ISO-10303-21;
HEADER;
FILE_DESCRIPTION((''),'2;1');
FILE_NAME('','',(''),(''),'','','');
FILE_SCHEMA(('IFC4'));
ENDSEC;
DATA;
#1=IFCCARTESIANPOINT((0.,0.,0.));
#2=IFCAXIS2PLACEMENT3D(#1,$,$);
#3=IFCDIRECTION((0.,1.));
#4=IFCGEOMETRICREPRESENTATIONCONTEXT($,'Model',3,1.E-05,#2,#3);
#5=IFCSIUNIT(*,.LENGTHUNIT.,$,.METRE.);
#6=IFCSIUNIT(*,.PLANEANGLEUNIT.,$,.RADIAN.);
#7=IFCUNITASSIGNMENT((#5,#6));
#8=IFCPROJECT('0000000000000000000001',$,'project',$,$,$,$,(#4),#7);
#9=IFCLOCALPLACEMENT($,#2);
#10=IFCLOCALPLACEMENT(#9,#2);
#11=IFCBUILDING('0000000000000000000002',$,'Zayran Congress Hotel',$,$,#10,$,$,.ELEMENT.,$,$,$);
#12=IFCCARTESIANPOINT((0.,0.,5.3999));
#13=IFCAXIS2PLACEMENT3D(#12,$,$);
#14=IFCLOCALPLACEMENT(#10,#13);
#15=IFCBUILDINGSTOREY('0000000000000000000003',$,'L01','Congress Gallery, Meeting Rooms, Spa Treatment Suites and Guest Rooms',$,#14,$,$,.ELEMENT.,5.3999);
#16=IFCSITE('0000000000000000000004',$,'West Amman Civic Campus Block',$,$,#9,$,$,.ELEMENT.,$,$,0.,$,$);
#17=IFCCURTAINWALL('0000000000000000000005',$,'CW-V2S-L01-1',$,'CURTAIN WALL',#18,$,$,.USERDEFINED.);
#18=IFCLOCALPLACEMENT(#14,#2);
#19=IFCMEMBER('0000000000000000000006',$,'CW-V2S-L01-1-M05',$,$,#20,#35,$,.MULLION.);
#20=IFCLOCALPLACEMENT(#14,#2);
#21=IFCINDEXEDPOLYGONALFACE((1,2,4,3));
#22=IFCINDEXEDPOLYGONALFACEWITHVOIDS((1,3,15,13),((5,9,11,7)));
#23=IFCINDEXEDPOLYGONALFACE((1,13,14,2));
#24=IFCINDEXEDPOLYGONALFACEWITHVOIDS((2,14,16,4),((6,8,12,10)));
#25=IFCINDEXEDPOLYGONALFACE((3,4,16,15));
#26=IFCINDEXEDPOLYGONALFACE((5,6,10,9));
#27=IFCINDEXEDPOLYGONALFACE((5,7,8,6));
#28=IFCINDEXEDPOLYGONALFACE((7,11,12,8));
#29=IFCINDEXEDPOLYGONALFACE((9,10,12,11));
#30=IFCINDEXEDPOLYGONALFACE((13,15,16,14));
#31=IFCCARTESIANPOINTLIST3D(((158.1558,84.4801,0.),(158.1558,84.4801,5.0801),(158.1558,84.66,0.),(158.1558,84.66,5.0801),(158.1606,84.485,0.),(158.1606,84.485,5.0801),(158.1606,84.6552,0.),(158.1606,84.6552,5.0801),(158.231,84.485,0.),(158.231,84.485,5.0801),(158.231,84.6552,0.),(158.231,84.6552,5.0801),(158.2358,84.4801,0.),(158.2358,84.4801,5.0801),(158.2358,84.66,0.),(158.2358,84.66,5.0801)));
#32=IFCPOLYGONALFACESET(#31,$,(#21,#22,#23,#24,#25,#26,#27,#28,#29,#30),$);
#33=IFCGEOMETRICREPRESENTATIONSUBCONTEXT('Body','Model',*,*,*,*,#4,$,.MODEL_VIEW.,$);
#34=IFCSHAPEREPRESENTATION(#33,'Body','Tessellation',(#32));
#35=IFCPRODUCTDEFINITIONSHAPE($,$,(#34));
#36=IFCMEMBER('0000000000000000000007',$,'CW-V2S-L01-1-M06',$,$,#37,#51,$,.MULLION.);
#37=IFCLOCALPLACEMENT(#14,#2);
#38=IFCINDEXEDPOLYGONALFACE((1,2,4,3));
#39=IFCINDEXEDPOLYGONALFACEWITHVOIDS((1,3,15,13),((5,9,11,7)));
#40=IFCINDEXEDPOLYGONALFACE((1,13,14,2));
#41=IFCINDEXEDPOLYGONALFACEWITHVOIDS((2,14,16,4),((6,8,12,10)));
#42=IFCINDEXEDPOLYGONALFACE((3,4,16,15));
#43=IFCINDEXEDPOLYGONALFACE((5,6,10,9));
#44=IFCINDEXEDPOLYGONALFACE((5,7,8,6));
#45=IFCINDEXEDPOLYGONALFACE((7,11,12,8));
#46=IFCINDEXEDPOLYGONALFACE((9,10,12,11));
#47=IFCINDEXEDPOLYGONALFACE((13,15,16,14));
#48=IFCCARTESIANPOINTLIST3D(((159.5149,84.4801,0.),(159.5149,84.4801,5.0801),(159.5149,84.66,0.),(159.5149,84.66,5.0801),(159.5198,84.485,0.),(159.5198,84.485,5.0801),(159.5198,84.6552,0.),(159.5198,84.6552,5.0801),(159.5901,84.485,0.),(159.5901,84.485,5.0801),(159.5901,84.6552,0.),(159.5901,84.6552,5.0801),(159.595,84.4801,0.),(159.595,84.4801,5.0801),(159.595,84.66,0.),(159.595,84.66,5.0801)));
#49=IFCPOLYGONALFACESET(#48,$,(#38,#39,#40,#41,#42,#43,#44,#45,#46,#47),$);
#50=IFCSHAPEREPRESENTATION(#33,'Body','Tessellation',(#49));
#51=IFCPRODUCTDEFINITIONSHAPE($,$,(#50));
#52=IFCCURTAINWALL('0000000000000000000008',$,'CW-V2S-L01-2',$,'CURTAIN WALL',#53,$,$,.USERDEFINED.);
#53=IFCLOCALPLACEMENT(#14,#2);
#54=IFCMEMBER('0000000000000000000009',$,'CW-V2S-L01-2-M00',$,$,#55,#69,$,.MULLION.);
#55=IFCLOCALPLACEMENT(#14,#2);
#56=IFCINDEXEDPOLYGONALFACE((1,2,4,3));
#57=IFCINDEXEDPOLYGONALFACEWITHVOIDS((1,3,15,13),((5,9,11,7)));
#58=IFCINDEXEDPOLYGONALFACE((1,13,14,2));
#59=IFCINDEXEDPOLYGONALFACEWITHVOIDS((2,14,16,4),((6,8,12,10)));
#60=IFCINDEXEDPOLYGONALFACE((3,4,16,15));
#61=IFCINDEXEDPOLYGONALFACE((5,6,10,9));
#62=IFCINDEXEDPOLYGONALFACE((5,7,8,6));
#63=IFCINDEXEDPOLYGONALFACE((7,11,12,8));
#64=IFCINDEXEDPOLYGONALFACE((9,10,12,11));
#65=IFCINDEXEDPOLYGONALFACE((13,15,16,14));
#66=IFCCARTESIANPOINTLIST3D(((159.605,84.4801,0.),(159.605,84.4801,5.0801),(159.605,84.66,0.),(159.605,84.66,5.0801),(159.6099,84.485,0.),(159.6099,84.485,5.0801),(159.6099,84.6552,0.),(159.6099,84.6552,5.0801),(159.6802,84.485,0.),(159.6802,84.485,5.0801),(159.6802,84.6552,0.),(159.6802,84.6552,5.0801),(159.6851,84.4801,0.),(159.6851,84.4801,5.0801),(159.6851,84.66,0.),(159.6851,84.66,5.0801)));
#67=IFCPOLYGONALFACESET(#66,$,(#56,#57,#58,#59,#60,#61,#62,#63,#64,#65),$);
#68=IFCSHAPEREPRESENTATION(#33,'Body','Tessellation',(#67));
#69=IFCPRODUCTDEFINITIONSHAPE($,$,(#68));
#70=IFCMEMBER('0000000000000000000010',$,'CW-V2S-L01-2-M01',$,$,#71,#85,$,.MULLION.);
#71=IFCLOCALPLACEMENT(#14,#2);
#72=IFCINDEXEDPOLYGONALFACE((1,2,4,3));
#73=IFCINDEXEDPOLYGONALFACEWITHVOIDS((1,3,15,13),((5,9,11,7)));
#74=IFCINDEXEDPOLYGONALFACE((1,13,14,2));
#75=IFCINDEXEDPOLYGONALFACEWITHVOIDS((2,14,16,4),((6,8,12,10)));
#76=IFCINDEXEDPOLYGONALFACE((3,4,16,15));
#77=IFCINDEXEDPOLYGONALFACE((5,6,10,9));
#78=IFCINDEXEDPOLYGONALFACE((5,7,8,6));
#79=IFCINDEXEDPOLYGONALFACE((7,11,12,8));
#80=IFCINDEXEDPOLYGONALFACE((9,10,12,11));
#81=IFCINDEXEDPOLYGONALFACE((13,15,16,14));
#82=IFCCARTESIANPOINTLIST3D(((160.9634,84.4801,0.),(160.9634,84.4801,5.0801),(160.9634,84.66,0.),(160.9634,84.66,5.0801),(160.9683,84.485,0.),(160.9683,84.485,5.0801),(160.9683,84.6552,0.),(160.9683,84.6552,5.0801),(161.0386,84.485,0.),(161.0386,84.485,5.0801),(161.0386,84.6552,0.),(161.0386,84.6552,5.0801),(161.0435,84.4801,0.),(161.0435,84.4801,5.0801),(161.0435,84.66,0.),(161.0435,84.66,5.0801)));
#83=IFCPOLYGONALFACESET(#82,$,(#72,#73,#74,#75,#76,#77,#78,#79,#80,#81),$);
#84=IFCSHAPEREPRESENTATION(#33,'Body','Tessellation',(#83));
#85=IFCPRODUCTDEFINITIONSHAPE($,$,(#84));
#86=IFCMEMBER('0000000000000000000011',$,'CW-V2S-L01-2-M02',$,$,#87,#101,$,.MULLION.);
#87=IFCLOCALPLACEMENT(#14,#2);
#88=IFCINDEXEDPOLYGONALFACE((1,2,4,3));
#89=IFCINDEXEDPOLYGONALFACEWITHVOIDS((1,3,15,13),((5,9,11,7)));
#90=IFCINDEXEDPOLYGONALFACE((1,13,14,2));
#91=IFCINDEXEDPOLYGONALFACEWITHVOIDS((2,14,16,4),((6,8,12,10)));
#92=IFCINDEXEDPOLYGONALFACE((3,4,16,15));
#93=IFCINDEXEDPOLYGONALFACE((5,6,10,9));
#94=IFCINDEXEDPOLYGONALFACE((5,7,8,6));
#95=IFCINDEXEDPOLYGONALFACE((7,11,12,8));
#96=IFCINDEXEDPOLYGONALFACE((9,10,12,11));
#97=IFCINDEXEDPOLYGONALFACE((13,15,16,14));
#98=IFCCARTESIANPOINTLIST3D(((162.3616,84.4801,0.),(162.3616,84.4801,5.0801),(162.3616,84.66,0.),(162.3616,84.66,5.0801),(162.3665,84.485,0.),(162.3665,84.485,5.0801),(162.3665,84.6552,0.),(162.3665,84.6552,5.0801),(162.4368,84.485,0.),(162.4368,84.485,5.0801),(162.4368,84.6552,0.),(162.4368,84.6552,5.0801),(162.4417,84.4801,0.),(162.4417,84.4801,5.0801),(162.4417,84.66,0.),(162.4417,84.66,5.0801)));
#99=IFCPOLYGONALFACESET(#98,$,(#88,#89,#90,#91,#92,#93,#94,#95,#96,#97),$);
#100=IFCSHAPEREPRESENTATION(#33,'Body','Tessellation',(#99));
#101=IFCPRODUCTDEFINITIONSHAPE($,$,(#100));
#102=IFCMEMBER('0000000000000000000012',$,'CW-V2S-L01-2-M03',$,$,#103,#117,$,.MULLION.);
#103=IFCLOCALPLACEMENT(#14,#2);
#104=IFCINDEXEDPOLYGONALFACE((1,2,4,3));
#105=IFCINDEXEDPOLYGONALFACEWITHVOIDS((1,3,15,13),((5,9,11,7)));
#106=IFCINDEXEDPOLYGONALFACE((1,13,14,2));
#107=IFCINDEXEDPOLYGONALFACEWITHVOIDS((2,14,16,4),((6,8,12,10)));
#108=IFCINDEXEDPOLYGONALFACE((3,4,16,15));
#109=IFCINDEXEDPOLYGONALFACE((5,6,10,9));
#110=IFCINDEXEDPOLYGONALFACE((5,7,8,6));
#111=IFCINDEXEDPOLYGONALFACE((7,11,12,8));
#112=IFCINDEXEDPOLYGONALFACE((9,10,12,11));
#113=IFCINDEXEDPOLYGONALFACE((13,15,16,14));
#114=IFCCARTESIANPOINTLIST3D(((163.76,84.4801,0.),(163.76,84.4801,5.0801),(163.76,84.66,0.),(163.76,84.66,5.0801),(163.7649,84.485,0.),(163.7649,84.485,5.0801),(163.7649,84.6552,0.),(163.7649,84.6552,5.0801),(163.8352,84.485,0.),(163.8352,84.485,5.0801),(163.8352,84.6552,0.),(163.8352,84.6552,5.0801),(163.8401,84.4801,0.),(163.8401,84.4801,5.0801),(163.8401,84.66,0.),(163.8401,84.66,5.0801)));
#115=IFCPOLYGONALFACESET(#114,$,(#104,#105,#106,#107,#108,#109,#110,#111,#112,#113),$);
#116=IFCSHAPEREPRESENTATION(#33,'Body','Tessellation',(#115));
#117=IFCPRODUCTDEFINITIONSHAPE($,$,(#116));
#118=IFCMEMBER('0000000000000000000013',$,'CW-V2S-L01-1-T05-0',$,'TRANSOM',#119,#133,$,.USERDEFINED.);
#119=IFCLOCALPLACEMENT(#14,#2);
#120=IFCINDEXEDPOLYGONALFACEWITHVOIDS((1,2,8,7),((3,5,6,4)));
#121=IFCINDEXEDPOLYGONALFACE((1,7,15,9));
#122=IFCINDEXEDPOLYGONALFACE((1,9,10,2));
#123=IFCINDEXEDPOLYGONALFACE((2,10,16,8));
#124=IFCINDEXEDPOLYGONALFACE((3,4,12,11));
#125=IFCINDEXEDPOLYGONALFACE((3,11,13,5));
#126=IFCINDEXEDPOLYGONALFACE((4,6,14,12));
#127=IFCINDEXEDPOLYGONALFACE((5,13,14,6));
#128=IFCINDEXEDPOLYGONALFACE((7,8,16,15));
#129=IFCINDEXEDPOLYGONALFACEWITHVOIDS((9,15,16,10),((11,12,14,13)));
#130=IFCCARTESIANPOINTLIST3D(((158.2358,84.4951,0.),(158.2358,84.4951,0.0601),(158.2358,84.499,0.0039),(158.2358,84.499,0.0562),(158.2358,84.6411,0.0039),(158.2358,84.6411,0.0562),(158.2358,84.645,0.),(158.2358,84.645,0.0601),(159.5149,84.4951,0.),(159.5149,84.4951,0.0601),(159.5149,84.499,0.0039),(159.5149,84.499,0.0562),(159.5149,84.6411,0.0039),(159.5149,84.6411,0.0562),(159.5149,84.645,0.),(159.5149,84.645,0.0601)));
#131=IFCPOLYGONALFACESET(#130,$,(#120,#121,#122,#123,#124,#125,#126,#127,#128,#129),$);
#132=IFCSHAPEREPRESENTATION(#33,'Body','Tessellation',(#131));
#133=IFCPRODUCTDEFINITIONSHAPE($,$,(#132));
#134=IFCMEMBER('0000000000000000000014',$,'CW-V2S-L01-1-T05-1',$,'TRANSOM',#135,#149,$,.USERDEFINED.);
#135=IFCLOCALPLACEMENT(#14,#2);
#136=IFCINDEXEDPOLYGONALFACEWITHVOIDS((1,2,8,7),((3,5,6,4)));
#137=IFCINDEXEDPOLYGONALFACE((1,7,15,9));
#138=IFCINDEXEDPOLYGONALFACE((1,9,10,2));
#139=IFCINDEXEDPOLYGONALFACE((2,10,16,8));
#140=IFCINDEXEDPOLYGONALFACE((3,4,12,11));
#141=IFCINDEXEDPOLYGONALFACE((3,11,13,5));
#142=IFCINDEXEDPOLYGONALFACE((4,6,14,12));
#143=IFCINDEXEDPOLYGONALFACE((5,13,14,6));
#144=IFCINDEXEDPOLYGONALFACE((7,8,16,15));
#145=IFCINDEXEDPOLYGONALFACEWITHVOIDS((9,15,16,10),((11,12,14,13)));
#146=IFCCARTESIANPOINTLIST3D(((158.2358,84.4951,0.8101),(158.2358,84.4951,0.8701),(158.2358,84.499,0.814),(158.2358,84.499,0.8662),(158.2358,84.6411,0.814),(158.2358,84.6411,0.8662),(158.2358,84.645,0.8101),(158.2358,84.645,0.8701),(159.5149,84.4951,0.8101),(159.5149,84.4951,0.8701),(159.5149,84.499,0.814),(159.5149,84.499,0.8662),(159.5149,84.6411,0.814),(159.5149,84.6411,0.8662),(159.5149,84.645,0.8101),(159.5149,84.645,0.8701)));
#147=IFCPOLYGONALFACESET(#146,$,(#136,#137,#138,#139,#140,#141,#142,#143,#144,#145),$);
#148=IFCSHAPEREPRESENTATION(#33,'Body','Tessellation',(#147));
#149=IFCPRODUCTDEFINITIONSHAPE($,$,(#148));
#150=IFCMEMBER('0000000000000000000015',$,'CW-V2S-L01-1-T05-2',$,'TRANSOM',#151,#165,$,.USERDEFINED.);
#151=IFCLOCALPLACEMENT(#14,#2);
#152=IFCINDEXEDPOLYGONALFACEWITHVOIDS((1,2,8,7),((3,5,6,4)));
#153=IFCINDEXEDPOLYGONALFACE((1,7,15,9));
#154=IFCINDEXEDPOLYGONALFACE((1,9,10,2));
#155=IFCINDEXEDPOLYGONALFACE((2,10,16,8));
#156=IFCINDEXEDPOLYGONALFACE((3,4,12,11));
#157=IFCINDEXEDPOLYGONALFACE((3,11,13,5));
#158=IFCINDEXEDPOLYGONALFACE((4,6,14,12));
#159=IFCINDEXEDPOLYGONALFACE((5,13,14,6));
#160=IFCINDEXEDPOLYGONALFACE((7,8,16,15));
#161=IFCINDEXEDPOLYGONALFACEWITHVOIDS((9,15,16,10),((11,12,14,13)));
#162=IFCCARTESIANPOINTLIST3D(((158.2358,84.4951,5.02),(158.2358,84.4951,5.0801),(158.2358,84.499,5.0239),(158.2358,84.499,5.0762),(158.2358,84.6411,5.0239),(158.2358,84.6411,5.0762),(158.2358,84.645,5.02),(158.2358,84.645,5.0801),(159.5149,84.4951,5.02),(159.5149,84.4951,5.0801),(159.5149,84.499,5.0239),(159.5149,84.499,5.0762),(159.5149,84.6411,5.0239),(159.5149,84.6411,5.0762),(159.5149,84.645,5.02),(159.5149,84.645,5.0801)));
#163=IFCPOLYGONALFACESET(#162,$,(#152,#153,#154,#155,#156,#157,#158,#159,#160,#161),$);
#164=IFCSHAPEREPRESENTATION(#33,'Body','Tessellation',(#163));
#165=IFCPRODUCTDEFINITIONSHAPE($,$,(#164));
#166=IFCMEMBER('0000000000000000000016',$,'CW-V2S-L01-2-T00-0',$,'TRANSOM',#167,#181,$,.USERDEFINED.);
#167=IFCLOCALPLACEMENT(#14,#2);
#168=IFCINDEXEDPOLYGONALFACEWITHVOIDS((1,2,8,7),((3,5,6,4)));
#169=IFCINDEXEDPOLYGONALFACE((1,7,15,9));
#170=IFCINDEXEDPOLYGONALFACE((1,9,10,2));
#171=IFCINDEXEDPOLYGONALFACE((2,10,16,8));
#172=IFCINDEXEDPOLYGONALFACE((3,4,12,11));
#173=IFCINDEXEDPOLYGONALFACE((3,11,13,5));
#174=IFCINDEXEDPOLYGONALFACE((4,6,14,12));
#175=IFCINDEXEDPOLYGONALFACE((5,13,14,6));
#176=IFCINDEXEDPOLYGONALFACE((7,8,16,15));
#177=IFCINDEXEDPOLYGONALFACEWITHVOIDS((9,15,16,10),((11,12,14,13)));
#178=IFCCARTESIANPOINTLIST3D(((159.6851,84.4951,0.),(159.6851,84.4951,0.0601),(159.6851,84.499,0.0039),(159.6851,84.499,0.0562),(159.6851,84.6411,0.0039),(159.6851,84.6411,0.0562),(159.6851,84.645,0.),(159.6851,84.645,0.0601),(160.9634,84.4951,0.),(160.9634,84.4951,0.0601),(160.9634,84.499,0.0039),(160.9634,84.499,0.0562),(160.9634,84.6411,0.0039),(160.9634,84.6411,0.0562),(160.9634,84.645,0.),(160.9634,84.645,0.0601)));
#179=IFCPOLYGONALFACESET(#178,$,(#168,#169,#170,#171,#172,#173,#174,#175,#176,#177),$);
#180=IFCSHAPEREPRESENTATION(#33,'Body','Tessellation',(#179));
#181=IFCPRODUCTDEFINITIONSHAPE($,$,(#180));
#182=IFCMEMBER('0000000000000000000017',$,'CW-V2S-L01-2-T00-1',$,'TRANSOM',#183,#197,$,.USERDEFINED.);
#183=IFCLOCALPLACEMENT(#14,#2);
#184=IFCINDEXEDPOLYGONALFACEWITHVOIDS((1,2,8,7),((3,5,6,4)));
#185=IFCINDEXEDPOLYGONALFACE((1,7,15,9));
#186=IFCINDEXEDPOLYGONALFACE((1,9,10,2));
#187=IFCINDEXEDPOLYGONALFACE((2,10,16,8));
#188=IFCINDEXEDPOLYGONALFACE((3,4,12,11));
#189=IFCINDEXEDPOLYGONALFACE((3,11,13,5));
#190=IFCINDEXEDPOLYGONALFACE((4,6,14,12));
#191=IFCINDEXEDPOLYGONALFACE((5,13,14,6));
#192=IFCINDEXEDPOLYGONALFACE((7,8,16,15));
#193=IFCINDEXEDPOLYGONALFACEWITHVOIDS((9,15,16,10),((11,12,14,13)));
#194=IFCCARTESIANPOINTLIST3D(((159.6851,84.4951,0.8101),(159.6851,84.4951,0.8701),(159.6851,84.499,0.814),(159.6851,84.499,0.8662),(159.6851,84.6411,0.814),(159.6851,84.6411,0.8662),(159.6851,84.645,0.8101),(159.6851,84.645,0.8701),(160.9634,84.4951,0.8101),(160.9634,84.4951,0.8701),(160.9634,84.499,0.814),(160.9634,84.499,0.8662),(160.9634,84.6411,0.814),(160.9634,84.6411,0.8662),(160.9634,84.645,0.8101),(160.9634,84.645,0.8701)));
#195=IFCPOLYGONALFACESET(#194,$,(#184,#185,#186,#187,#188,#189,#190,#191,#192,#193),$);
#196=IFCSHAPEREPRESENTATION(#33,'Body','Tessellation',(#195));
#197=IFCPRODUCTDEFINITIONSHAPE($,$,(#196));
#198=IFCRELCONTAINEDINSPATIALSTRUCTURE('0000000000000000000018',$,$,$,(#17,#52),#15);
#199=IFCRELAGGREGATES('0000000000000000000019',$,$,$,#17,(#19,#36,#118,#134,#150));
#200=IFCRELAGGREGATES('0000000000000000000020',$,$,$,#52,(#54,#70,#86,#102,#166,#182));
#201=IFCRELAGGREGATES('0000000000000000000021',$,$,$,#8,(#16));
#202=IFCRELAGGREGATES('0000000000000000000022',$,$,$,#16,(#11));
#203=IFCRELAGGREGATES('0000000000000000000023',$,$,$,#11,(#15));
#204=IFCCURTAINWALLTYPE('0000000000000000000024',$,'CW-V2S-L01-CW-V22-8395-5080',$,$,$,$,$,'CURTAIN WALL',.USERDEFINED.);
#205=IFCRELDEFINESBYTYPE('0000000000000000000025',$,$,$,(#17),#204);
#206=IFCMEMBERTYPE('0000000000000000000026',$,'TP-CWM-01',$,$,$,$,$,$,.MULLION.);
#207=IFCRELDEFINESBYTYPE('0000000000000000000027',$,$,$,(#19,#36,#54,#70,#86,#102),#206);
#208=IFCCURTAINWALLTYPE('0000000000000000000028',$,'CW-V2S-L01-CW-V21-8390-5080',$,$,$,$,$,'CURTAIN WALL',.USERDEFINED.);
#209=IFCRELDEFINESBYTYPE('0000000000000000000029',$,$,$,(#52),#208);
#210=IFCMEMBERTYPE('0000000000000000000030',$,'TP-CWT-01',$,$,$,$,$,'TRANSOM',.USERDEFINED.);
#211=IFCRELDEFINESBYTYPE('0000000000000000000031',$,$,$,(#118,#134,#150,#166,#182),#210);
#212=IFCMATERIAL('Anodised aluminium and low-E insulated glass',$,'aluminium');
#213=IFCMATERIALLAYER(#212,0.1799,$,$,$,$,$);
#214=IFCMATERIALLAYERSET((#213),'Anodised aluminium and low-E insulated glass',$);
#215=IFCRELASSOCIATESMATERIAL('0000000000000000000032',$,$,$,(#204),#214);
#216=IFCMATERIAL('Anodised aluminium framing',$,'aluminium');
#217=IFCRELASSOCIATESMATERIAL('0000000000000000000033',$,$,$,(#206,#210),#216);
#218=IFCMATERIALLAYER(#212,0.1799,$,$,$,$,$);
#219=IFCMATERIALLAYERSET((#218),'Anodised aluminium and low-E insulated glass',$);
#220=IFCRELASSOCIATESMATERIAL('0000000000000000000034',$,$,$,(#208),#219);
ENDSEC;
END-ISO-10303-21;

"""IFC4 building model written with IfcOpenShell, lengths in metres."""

from ifc_helpers import new_model, si_unit, direction, frame, origin, origin_2d, place, context, subcontext, project, spatial, hollow_rectangle, extrude, material, layer, layer_set, material_profile, profile_set, type_object, element, aggregate, save


model = new_model("IFC4")

# Units and contexts
model_context = context("Model", 3, precision=1e-05, world=origin(), true_north=direction((0.0, 1.0)))
body_context = subcontext(model_context, "Body", "Model", "MODEL_VIEW")
ifc_project = project(units=[si_unit("LENGTHUNIT", "METRE"), si_unit("PLANEANGLEUNIT", "RADIAN")], contexts=[model_context])

# Site, building, storey
site_placement = place(None, origin())
site = spatial("IfcSite", under=ifc_project, at=site_placement, Name="West Amman Civic Campus Block", CompositionType="ELEMENT", RefElevation=0.0)
building_placement = place(site_placement, origin())
building = spatial("IfcBuilding", under=site, at=building_placement, Name="Zayran Congress Hotel", CompositionType="ELEMENT")
storey_placement = place(building_placement, frame((0.0, 0.0, 5.3999)))
storey = spatial("IfcBuildingStorey", under=building, at=storey_placement, Name="L01", Description="Congress Gallery, Meeting Rooms, Spa Treatment Suites and Guest Rooms", CompositionType="ELEMENT", Elevation=5.3999)

# Curtain walls, members
ifc_material_1 = material(Name="Anodised aluminium and low-E insulated glass", Category="aluminium")
ifc_layer_1 = layer(ifc_material_1, 0.1799)
ifc_layer_set_1 = layer_set([ifc_layer_1], Name="Anodised aluminium and low-E insulated glass")
curtain_wall_type_1 = type_object("IfcCurtainWallType", Name="CW-V2S-L01-CW-V22-8395-5080", ElementType="CURTAIN WALL", PredefinedType="USERDEFINED", material=ifc_layer_set_1)
curtain_wall_1_placement = place(storey_placement, origin())
curtain_wall_1 = element("IfcCurtainWall", 1, at=curtain_wall_1_placement, inside=storey, type_object=curtain_wall_type_1, Name="CW-V2S-L01-1", ObjectType="CURTAIN WALL", PredefinedType="USERDEFINED")
ifc_material_2 = material(Name="Anodised aluminium framing", Category="aluminium")
ifc_material_profile_1 = material_profile(ifc_material_2, hollow_rectangle(XDim=0.0801, YDim=0.1799, WallThickness=0.0049, at=origin_2d()), Name="RHS 180x80x5")
ifc_profile_set_1 = profile_set([ifc_material_profile_1], Name="Anodised aluminium framing")
member_type_1 = type_object("IfcMemberType", Name="TP-CWM-01", PredefinedType="MULLION", material=ifc_profile_set_1)
member_1_placement = place(storey_placement, frame((158.1958, 84.5701, 0.0), z_axis=(0.0, 0.0, 1.0), x_axis=(1.0, 0.0, 0.0)))
member_1 = element("IfcMember", 2, at=member_1_placement, type_object=member_type_1, Name="CW-V2S-L01-1-M05", PredefinedType="MULLION", context=body_context, shape_type="SweptSolid", body=[
    extrude(hollow_rectangle(XDim=0.0801, YDim=0.1799, WallThickness=0.0049, at=origin_2d()), origin(), (0.0, 0.0, 1.0), 5.0801),
])
member_2_placement = place(storey_placement, frame((159.5549, 84.5701, 0.0), z_axis=(0.0, 0.0, 1.0), x_axis=(1.0, 0.0, 0.0)))
member_2 = element("IfcMember", 3, at=member_2_placement, type_object=member_type_1, Name="CW-V2S-L01-1-M06", PredefinedType="MULLION", context=body_context, shape_type="SweptSolid", body=[
    extrude(hollow_rectangle(XDim=0.0801, YDim=0.1799, WallThickness=0.0049, at=origin_2d()), origin(), (0.0, 0.0, 1.0), 5.0801),
])
ifc_layer_2 = layer(ifc_material_1, 0.1799)
ifc_layer_set_2 = layer_set([ifc_layer_2], Name="Anodised aluminium and low-E insulated glass")
curtain_wall_type_2 = type_object("IfcCurtainWallType", Name="CW-V2S-L01-CW-V21-8390-5080", ElementType="CURTAIN WALL", PredefinedType="USERDEFINED", material=ifc_layer_set_2)
curtain_wall_2_placement = place(storey_placement, origin())
curtain_wall_2 = element("IfcCurtainWall", 4, at=curtain_wall_2_placement, inside=storey, type_object=curtain_wall_type_2, Name="CW-V2S-L01-2", ObjectType="CURTAIN WALL", PredefinedType="USERDEFINED")
member_3_placement = place(storey_placement, frame((159.645, 84.5701, 0.0), z_axis=(0.0, 0.0, 1.0), x_axis=(1.0, 0.0, 0.0)))
member_3 = element("IfcMember", 5, at=member_3_placement, type_object=member_type_1, Name="CW-V2S-L01-2-M00", PredefinedType="MULLION", context=body_context, shape_type="SweptSolid", body=[
    extrude(hollow_rectangle(XDim=0.0801, YDim=0.1799, WallThickness=0.0049, at=origin_2d()), origin(), (0.0, 0.0, 1.0), 5.0801),
])
member_4_placement = place(storey_placement, frame((161.0034, 84.5701, 0.0), z_axis=(0.0, 0.0, 1.0), x_axis=(1.0, 0.0, 0.0)))
member_4 = element("IfcMember", 6, at=member_4_placement, type_object=member_type_1, Name="CW-V2S-L01-2-M01", PredefinedType="MULLION", context=body_context, shape_type="SweptSolid", body=[
    extrude(hollow_rectangle(XDim=0.0801, YDim=0.1799, WallThickness=0.0049, at=origin_2d()), origin(), (0.0, 0.0, 1.0), 5.0801),
])
member_5_placement = place(storey_placement, frame((162.4016, 84.5701, 0.0), z_axis=(0.0, 0.0, 1.0), x_axis=(1.0, 0.0, 0.0)))
member_5 = element("IfcMember", 7, at=member_5_placement, type_object=member_type_1, Name="CW-V2S-L01-2-M02", PredefinedType="MULLION", context=body_context, shape_type="SweptSolid", body=[
    extrude(hollow_rectangle(XDim=0.0801, YDim=0.1799, WallThickness=0.0049, at=origin_2d()), origin(), (0.0, 0.0, 1.0), 5.0801),
])
member_6_placement = place(storey_placement, frame((163.8, 84.5701, 0.0), z_axis=(0.0, 0.0, 1.0), x_axis=(1.0, 0.0, 0.0)))
member_6 = element("IfcMember", 8, at=member_6_placement, type_object=member_type_1, Name="CW-V2S-L01-2-M03", PredefinedType="MULLION", context=body_context, shape_type="SweptSolid", body=[
    extrude(hollow_rectangle(XDim=0.0801, YDim=0.1799, WallThickness=0.0049, at=origin_2d()), origin(), (0.0, 0.0, 1.0), 5.0801),
])

# Members
ifc_material_profile_2 = material_profile(ifc_material_2, hollow_rectangle(XDim=0.0601, YDim=0.1499, WallThickness=0.0039, at=origin_2d()), Name="RHS 150x60x4")
ifc_profile_set_2 = profile_set([ifc_material_profile_2], Name="Anodised aluminium framing")
member_type_2 = type_object("IfcMemberType", Name="TP-CWT-01", ElementType="TRANSOM", PredefinedType="USERDEFINED", material=ifc_profile_set_2)
member_7_placement = place(storey_placement, frame((158.2358, 84.5701, 0.03), z_axis=(1.0, 0.0, 0.0), x_axis=(0.0, 0.0, 1.0)))
member_7 = element("IfcMember", 9, at=member_7_placement, type_object=member_type_2, Name="CW-V2S-L01-1-T05-0", ObjectType="TRANSOM", PredefinedType="USERDEFINED", context=body_context, shape_type="SweptSolid", body=[
    extrude(hollow_rectangle(XDim=0.0601, YDim=0.1499, WallThickness=0.0039, at=origin_2d()), origin(), (0.0, 0.0, 1.0), 1.2791),
])
member_8_placement = place(storey_placement, frame((158.2358, 84.5701, 0.8401), z_axis=(1.0, 0.0, 0.0), x_axis=(0.0, 0.0, 1.0)))
member_8 = element("IfcMember", 10, at=member_8_placement, type_object=member_type_2, Name="CW-V2S-L01-1-T05-1", ObjectType="TRANSOM", PredefinedType="USERDEFINED", context=body_context, shape_type="SweptSolid", body=[
    extrude(hollow_rectangle(XDim=0.0601, YDim=0.1499, WallThickness=0.0039, at=origin_2d()), origin(), (0.0, 0.0, 1.0), 1.2791),
])
member_9_placement = place(storey_placement, frame((158.2358, 84.5701, 5.05), z_axis=(1.0, 0.0, 0.0), x_axis=(0.0, 0.0, 1.0)))
member_9 = element("IfcMember", 11, at=member_9_placement, type_object=member_type_2, Name="CW-V2S-L01-1-T05-2", ObjectType="TRANSOM", PredefinedType="USERDEFINED", context=body_context, shape_type="SweptSolid", body=[
    extrude(hollow_rectangle(XDim=0.0601, YDim=0.1499, WallThickness=0.0039, at=origin_2d()), origin(), (0.0, 0.0, 1.0), 1.2791),
])
member_10_placement = place(storey_placement, frame((159.6851, 84.5701, 0.03), z_axis=(1.0, 0.0, 0.0), x_axis=(0.0, 0.0, 1.0)))
member_10 = element("IfcMember", 12, at=member_10_placement, type_object=member_type_2, Name="CW-V2S-L01-2-T00-0", ObjectType="TRANSOM", PredefinedType="USERDEFINED", context=body_context, shape_type="SweptSolid", body=[
    extrude(hollow_rectangle(XDim=0.0601, YDim=0.1499, WallThickness=0.0039, at=origin_2d()), origin(), (0.0, 0.0, 1.0), 1.2783),
])
member_11_placement = place(storey_placement, frame((159.6851, 84.5701, 0.8401), z_axis=(1.0, 0.0, 0.0), x_axis=(0.0, 0.0, 1.0)))
member_11 = element("IfcMember", 13, at=member_11_placement, type_object=member_type_2, Name="CW-V2S-L01-2-T00-1", ObjectType="TRANSOM", PredefinedType="USERDEFINED", context=body_context, shape_type="SweptSolid", body=[
    extrude(hollow_rectangle(XDim=0.0601, YDim=0.1499, WallThickness=0.0039, at=origin_2d()), origin(), (0.0, 0.0, 1.0), 1.2783),
])

aggregate(curtain_wall_1, [member_1, member_2, member_7, member_8, member_9])
aggregate(curtain_wall_2, [member_3, member_4, member_5, member_6, member_10, member_11])

save(model, "model.ifc")
